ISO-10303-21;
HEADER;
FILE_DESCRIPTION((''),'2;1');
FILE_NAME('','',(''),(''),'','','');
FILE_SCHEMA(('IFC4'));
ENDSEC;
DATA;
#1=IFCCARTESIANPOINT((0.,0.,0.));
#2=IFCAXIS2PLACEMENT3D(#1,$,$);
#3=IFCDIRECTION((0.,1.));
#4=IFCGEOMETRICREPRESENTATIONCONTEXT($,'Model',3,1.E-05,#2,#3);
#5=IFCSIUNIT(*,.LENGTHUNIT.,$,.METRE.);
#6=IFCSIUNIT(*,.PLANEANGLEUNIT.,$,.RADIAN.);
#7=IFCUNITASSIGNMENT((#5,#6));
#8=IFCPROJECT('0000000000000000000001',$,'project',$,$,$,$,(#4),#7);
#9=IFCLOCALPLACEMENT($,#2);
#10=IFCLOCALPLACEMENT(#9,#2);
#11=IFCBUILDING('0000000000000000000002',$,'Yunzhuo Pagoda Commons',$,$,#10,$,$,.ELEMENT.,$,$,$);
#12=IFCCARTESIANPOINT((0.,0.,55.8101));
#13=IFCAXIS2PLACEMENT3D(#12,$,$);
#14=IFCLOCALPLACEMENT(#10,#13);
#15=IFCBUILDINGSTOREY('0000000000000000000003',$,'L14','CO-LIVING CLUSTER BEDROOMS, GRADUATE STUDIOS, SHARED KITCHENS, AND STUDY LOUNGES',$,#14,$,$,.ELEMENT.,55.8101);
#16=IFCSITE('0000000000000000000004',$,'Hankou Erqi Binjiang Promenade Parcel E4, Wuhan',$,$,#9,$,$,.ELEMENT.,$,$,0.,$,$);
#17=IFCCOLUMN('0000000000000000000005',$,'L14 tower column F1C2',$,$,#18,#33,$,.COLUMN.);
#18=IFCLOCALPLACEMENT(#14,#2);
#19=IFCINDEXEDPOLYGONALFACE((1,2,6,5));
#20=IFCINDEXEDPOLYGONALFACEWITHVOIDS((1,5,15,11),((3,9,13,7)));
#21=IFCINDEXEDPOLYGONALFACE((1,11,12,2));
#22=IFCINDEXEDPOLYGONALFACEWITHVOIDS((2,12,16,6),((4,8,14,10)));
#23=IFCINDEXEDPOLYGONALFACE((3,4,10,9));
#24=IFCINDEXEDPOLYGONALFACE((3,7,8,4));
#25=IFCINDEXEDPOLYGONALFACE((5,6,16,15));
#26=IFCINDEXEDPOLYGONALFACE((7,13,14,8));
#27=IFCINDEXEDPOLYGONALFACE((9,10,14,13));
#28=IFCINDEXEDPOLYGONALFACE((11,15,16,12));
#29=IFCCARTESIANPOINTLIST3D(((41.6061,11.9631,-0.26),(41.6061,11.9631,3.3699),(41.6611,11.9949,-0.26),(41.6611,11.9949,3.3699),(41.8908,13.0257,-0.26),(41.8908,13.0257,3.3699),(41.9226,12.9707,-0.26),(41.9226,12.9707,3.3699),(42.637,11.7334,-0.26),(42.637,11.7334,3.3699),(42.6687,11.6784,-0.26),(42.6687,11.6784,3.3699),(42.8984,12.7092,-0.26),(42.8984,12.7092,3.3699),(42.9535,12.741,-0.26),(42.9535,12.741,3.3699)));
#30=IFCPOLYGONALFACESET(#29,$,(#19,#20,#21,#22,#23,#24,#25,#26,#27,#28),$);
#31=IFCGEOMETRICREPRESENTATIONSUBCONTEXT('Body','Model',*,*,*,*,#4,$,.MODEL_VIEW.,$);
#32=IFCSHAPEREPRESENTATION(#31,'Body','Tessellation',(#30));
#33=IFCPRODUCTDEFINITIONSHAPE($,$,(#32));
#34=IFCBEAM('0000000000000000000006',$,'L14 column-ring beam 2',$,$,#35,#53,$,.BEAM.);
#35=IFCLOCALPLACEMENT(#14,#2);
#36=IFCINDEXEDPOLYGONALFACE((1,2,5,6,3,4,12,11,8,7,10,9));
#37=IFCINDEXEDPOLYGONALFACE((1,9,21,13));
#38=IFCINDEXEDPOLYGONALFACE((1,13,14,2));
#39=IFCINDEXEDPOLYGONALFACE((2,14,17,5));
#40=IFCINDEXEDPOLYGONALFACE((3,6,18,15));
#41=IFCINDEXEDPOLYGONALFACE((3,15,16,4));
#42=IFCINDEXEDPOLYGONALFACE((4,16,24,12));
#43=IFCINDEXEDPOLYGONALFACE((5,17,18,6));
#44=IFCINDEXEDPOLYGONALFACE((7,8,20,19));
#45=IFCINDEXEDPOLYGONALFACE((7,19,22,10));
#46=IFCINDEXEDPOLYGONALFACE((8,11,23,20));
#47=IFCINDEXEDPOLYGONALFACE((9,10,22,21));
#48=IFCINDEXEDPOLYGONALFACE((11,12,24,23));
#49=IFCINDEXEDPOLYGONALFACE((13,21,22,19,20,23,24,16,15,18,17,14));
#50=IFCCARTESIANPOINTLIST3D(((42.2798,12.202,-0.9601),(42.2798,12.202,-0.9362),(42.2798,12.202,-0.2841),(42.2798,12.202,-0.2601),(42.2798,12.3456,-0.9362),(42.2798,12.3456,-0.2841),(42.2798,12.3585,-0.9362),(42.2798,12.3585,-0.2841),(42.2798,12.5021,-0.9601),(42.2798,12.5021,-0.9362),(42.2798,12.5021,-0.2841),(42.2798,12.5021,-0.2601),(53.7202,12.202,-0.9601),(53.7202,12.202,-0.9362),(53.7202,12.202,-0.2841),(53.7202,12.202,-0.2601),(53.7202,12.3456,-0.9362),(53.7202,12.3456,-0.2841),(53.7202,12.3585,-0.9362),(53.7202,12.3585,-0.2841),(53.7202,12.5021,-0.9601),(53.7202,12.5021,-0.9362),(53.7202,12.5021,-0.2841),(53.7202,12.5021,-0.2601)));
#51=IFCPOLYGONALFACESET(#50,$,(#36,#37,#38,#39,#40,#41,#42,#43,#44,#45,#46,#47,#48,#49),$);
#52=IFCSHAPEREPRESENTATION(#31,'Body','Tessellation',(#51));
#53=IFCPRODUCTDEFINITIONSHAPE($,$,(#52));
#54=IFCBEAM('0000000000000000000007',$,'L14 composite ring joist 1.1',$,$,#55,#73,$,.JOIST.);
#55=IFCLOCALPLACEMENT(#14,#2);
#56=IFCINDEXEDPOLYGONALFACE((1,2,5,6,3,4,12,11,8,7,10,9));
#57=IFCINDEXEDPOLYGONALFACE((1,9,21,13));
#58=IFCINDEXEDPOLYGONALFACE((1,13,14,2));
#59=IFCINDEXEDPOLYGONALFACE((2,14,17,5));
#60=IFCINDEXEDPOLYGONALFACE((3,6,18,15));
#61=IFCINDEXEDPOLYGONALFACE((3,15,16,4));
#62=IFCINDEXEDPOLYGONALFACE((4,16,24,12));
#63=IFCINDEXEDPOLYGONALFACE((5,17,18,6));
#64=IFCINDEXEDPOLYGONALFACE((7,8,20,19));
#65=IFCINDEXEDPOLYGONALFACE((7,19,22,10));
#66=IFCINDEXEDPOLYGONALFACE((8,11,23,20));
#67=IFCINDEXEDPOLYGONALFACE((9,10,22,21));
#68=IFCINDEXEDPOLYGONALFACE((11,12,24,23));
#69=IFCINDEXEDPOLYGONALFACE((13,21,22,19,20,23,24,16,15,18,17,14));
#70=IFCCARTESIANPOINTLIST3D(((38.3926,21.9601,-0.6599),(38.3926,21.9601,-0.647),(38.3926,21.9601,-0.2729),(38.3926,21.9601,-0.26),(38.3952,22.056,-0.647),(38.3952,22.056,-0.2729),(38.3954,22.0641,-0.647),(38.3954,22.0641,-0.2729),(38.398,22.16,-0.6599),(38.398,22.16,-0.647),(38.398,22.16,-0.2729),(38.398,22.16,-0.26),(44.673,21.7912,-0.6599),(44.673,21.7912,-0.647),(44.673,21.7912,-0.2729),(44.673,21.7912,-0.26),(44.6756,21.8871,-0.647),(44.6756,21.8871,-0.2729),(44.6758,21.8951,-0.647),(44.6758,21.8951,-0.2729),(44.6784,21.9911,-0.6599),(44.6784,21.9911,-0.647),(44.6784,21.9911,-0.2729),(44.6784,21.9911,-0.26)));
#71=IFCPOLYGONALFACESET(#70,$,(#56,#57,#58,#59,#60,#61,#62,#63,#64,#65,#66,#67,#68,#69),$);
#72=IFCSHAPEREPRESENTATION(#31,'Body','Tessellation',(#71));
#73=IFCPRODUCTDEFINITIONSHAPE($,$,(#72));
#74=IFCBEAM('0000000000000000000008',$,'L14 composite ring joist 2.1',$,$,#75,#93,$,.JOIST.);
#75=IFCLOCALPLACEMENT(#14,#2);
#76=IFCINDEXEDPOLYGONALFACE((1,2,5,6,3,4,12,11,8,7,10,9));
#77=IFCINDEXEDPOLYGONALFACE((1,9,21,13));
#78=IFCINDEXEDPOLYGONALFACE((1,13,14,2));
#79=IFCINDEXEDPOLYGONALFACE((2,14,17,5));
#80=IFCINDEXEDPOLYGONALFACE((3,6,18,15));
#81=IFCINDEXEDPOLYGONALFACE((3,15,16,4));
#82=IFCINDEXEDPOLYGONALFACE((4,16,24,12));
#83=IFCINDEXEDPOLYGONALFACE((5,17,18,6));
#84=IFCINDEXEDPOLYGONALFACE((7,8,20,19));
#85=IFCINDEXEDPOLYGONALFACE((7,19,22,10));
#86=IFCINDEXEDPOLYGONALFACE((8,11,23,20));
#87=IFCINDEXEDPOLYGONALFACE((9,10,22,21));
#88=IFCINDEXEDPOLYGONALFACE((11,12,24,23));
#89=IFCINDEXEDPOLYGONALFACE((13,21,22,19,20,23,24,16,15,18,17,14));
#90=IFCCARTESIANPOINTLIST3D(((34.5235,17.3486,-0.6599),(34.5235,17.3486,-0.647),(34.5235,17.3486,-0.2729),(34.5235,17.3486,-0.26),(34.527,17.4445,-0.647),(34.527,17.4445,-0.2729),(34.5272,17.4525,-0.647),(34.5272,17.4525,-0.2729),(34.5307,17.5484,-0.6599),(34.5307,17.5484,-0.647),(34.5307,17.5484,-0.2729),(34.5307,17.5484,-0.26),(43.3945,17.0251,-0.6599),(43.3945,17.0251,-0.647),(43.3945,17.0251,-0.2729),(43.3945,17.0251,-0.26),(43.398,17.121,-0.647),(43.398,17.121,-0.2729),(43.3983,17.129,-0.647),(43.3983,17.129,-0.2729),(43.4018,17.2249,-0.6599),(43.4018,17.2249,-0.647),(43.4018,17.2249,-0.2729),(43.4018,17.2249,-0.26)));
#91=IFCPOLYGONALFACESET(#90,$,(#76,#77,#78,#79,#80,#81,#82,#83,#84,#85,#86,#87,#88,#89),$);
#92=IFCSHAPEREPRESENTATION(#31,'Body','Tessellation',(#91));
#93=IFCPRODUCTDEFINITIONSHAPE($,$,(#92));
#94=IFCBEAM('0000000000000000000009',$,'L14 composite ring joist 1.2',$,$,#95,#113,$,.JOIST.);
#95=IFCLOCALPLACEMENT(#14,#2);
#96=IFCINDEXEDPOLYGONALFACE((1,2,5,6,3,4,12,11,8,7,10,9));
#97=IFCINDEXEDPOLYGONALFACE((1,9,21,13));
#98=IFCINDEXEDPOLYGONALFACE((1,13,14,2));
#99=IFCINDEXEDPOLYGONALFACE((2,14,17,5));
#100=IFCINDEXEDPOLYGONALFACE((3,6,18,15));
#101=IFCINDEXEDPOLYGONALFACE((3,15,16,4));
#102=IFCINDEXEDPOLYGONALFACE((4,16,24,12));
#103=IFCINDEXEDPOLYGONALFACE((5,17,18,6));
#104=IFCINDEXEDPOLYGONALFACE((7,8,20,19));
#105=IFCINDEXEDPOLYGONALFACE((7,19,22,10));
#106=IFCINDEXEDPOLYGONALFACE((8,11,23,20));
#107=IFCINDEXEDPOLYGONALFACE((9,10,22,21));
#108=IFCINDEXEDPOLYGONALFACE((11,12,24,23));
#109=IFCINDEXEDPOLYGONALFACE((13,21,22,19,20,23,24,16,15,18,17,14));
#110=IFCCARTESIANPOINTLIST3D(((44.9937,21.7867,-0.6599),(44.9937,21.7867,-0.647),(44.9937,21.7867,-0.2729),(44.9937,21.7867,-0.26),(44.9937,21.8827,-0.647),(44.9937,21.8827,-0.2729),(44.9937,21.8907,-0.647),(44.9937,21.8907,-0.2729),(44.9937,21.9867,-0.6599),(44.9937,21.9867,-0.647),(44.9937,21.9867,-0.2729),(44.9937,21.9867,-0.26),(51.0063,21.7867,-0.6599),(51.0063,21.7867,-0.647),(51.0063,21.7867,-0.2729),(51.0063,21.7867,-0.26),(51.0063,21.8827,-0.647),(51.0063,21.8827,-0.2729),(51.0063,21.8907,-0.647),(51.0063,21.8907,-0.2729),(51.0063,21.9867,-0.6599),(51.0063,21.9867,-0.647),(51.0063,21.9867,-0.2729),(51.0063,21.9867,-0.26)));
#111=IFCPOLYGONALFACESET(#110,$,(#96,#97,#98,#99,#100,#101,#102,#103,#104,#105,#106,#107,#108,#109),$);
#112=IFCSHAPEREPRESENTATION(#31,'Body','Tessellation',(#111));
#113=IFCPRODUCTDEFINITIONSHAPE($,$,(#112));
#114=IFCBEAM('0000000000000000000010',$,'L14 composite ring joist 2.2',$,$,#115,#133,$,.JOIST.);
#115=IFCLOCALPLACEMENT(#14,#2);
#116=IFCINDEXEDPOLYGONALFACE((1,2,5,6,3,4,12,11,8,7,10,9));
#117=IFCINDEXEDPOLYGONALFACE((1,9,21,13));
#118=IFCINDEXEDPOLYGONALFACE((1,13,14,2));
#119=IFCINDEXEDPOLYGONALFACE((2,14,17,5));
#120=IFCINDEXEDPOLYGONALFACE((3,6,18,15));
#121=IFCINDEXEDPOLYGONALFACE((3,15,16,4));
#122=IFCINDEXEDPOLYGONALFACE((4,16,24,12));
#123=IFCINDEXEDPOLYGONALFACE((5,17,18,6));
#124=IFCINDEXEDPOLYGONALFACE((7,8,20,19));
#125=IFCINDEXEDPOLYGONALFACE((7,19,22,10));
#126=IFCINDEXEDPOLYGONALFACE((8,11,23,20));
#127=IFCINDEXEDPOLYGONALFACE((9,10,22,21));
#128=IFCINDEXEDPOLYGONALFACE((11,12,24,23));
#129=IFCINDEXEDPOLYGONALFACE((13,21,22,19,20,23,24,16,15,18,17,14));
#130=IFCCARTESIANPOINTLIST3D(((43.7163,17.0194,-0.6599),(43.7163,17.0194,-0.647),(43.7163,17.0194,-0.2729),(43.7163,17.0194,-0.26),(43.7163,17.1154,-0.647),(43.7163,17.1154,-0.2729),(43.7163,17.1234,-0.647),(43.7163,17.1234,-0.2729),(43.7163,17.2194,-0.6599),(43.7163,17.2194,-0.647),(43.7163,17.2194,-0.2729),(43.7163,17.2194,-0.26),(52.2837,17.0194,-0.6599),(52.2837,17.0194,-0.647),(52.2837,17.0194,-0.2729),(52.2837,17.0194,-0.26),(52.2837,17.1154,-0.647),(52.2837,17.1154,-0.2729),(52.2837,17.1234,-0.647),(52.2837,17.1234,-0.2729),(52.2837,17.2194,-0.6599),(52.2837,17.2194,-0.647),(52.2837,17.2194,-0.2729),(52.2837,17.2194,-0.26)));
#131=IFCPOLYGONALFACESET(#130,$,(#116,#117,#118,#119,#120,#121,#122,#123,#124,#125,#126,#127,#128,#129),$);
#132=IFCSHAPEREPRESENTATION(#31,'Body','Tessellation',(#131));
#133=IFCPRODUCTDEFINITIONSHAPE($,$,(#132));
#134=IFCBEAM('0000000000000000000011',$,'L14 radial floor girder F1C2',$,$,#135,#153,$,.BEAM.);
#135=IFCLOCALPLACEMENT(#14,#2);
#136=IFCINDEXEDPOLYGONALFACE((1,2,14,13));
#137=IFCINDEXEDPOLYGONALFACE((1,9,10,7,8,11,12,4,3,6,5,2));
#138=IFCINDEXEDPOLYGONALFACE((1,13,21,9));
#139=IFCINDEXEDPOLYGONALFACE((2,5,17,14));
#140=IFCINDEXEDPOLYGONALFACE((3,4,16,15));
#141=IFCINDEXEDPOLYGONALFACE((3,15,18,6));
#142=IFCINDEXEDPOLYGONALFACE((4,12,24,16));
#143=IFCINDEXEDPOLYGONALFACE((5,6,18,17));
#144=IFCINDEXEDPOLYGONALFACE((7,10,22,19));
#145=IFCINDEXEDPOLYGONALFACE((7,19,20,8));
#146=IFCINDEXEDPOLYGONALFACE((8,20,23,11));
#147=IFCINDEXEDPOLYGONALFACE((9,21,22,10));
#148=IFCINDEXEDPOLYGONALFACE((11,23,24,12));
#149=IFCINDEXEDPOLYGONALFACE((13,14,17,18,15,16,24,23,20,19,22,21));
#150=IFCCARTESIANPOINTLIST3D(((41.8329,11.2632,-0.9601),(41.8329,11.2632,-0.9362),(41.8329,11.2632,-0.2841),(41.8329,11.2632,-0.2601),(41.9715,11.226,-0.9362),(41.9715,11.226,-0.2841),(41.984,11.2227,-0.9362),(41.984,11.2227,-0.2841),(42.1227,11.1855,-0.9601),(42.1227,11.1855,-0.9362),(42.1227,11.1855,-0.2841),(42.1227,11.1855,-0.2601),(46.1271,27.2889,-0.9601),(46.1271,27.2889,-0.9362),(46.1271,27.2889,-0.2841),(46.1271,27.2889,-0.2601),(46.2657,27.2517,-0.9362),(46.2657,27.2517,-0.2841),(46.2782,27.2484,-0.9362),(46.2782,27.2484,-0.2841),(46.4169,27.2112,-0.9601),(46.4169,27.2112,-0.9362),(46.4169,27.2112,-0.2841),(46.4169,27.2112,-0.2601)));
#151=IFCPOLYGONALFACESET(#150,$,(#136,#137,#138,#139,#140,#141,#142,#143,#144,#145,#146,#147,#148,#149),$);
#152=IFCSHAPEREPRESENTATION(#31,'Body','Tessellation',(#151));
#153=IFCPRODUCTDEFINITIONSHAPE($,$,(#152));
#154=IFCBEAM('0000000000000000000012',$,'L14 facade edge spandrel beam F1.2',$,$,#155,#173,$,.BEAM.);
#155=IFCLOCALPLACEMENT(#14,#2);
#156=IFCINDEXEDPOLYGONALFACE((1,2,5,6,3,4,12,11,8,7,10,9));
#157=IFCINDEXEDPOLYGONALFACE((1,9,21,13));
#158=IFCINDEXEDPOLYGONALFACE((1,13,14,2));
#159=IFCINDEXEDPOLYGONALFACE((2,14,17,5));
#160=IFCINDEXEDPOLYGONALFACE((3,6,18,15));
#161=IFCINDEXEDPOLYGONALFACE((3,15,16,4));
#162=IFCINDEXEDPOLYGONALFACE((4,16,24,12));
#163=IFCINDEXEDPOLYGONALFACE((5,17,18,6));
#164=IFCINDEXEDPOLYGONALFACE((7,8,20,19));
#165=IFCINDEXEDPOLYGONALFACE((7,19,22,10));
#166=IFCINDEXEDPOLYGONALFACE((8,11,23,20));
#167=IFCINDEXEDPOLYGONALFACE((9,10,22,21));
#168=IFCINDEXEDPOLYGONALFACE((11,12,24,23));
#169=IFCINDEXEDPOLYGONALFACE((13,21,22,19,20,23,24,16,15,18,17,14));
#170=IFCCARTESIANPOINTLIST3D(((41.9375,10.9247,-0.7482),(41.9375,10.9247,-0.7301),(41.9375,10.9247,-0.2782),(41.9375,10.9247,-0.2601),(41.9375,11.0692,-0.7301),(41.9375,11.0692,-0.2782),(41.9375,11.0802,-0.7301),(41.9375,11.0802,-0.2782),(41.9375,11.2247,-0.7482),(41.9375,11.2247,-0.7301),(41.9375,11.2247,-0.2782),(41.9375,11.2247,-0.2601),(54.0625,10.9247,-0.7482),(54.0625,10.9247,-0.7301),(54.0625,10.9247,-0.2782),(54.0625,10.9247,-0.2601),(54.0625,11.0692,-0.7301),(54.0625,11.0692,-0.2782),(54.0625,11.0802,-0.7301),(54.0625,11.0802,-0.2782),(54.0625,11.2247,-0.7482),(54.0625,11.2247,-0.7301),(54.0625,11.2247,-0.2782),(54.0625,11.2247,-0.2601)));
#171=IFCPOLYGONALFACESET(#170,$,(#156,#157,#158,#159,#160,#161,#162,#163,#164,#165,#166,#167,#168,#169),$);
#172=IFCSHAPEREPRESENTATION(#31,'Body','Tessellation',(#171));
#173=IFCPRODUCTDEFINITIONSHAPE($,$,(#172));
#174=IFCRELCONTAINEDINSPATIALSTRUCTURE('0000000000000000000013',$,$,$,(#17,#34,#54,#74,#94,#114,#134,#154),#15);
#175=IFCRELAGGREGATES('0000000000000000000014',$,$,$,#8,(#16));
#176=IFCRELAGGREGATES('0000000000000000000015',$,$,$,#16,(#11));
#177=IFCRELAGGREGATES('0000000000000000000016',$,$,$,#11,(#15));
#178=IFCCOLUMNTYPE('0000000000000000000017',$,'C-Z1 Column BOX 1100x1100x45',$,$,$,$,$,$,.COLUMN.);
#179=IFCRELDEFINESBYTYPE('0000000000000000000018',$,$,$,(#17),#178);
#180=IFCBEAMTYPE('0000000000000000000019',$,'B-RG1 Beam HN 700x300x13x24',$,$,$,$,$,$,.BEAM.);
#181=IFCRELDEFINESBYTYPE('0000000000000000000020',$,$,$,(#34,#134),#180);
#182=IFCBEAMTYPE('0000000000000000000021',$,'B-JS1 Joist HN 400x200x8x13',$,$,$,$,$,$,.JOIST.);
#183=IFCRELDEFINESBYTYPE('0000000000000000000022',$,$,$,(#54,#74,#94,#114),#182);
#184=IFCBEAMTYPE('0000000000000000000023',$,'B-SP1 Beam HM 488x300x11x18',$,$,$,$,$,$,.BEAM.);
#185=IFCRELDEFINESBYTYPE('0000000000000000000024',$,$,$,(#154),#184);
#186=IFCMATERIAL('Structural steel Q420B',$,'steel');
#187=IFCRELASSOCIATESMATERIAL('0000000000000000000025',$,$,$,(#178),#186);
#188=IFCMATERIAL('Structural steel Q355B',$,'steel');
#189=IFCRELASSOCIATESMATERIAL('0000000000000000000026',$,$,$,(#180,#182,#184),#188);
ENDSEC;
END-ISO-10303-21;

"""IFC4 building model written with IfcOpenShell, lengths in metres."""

from ifc_helpers import new_model, si_unit, direction, frame, origin, origin_2d, place, context, subcontext, project, spatial, hollow_rectangle, i_section, extrude, source, transform, mapped, material, material_profile, profile_set, type_object, element, save


model = new_model("IFC4")

# Units and contexts
model_context = context("Model", 3, precision=1e-05, world=origin(), true_north=direction((0.0, 1.0)))
body_context = subcontext(model_context, "Body", "Model", "MODEL_VIEW")
ifc_project = project(units=[si_unit("LENGTHUNIT", "METRE"), si_unit("PLANEANGLEUNIT", "RADIAN")], contexts=[model_context])

# Site, building, storey
site_placement = place(None, origin())
site = spatial("IfcSite", under=ifc_project, at=site_placement, Name="Hankou Erqi Binjiang Promenade Parcel E4, Wuhan", CompositionType="ELEMENT", RefElevation=0.0)
building_placement = place(site_placement, origin())
building = spatial("IfcBuilding", under=site, at=building_placement, Name="Yunzhuo Pagoda Commons", CompositionType="ELEMENT")
storey_placement = place(building_placement, frame((0.0, 0.0, 55.8101)))
storey = spatial("IfcBuildingStorey", under=building, at=storey_placement, Name="L14", Description="CO-LIVING CLUSTER BEDROOMS, GRADUATE STUDIOS, SHARED KITCHENS, AND STUDY LOUNGES", CompositionType="ELEMENT", Elevation=55.8101)

# Column
ifc_material_1 = material(Name="Structural steel Q420B", Category="steel")
ifc_material_profile_1 = material_profile(ifc_material_1, hollow_rectangle(XDim=1.1001, YDim=1.1001, WallThickness=0.0449, at=origin_2d()), Name="Structural steel Q420B")
ifc_profile_set_1 = profile_set([ifc_material_profile_1], Name="Structural steel Q420B")
column_type = type_object("IfcColumnType", Name="C-Z1 Column BOX 1100x1100x45", PredefinedType="COLUMN", material=ifc_profile_set_1)
shared_shape_1 = source(origin(), body_context, "Body", "SweptSolid", [
    extrude(hollow_rectangle(XDim=1.1001, YDim=1.1001, WallThickness=0.0449, at=origin_2d()), origin(), (0.0, 0.0, 1.0), 3.6299),
])
column_placement = place(storey_placement, frame((42.2798, 12.3521, -0.26), z_axis=(0.0, 0.0, 1.0), x_axis=(0.965926, -0.258819, 0.0)))
element("IfcColumn", 1, at=column_placement, inside=storey, type_object=column_type, Name="L14 tower column F1C2", PredefinedType="COLUMN", context=body_context, shape_type="MappedRepresentation", body=[
    mapped(shared_shape_1, transform((0.0, 0.0, 0.0), scale=1.0)),
])

# Beams
ifc_material_2 = material(Name="Structural steel Q355B", Category="steel")
ifc_material_profile_2 = material_profile(ifc_material_2, i_section(OverallWidth=0.3, OverallDepth=0.7, WebThickness=0.0129, FlangeThickness=0.0239, at=origin_2d()), Name="Structural steel Q355B")
ifc_profile_set_2 = profile_set([ifc_material_profile_2], Name="Structural steel Q355B")
beam_type_1 = type_object("IfcBeamType", Name="B-RG1 Beam HN 700x300x13x24", PredefinedType="BEAM", material=ifc_profile_set_2)
shared_shape_2 = source(origin(), body_context, "Body", "SweptSolid", [
    extrude(i_section(OverallWidth=0.3, OverallDepth=0.7, WebThickness=0.0129, FlangeThickness=0.0239, at=origin_2d()), origin(), (0.0, 0.0, 1.0), 11.4404),
])
beam_1_placement = place(storey_placement, frame((42.2798, 12.3521, -0.6101), z_axis=(1.0, 0.0, 0.0), x_axis=(0.0, 1.0, 0.0)))
element("IfcBeam", 2, at=beam_1_placement, inside=storey, type_object=beam_type_1, Name="L14 column-ring beam 2", PredefinedType="BEAM", context=body_context, shape_type="MappedRepresentation", body=[
    mapped(shared_shape_2, transform((0.0, 0.0, 0.0), scale=1.0)),
])
ifc_material_profile_3 = material_profile(ifc_material_2, i_section(OverallWidth=0.2, OverallDepth=0.3999, WebThickness=0.0081, FlangeThickness=0.0129, at=origin_2d()), Name="Structural steel Q355B")
ifc_profile_set_3 = profile_set([ifc_material_profile_3], Name="Structural steel Q355B")
beam_type_2 = type_object("IfcBeamType", Name="B-JS1 Joist HN 400x200x8x13", PredefinedType="JOIST", material=ifc_profile_set_3)
shared_shape_3 = source(origin(), body_context, "Body", "SweptSolid", [
    extrude(i_section(OverallWidth=0.2, OverallDepth=0.3999, WebThickness=0.0081, FlangeThickness=0.0129, at=origin_2d()), origin(), (0.0, 0.0, 1.0), 6.2827),
])
beam_2_placement = place(storey_placement, frame((38.3953, 22.0601, -0.46), z_axis=(0.999638, -0.02689, 0.0), x_axis=(0.02689, 0.999638, 0.0)))
element("IfcBeam", 3, at=beam_2_placement, inside=storey, type_object=beam_type_2, Name="L14 composite ring joist 1.1", PredefinedType="JOIST", context=body_context, shape_type="MappedRepresentation", body=[
    mapped(shared_shape_3, transform((0.0, 0.0, 0.0), scale=1.0)),
])
shared_shape_4 = source(origin(), body_context, "Body", "SweptSolid", [
    extrude(i_section(OverallWidth=0.2, OverallDepth=0.3999, WebThickness=0.0081, FlangeThickness=0.0129, at=origin_2d()), origin(), (0.0, 0.0, 1.0), 8.877),
])
beam_3_placement = place(storey_placement, frame((34.5271, 17.4485, -0.46), z_axis=(0.999336, -0.036441, 0.0), x_axis=(0.036441, 0.999336, 0.0)))
element("IfcBeam", 4, at=beam_3_placement, inside=storey, type_object=beam_type_2, Name="L14 composite ring joist 2.1", PredefinedType="JOIST", context=body_context, shape_type="MappedRepresentation", body=[
    mapped(shared_shape_4, transform((0.0, 0.0, 0.0), scale=1.0)),
])
shared_shape_5 = source(origin(), body_context, "Body", "SweptSolid", [
    extrude(i_section(OverallWidth=0.2, OverallDepth=0.3999, WebThickness=0.0081, FlangeThickness=0.0129, at=origin_2d()), origin(), (0.0, 0.0, 1.0), 6.0127),
])
beam_4_placement = place(storey_placement, frame((44.9937, 21.8867, -0.46), z_axis=(1.0, 0.0, 0.0), x_axis=(0.0, 1.0, 0.0)))
element("IfcBeam", 5, at=beam_4_placement, inside=storey, type_object=beam_type_2, Name="L14 composite ring joist 1.2", PredefinedType="JOIST", context=body_context, shape_type="MappedRepresentation", body=[
    mapped(shared_shape_5, transform((0.0, 0.0, 0.0), scale=1.0)),
])
shared_shape_6 = source(origin(), body_context, "Body", "SweptSolid", [
    extrude(i_section(OverallWidth=0.2, OverallDepth=0.3999, WebThickness=0.0081, FlangeThickness=0.0129, at=origin_2d()), origin(), (0.0, 0.0, 1.0), 8.5674),
])
beam_5_placement = place(storey_placement, frame((43.7163, 17.1194, -0.46), z_axis=(1.0, 0.0, 0.0), x_axis=(0.0, 1.0, 0.0)))
element("IfcBeam", 6, at=beam_5_placement, inside=storey, type_object=beam_type_2, Name="L14 composite ring joist 2.2", PredefinedType="JOIST", context=body_context, shape_type="MappedRepresentation", body=[
    mapped(shared_shape_6, transform((0.0, 0.0, 0.0), scale=1.0)),
])
shared_shape_7 = source(origin(), body_context, "Body", "SweptSolid", [
    extrude(i_section(OverallWidth=0.3, OverallDepth=0.7, WebThickness=0.0129, FlangeThickness=0.0239, at=origin_2d()), origin(), (0.0, 0.0, 1.0), 16.5911),
])
beam_6_placement = place(storey_placement, frame((41.9778, 11.2244, -0.6101), z_axis=(0.258827, 0.965924, 0.0), x_axis=(-0.965924, 0.258827, 0.0)))
element("IfcBeam", 7, at=beam_6_placement, inside=storey, type_object=beam_type_1, Name="L14 radial floor girder F1C2", PredefinedType="BEAM", context=body_context, shape_type="MappedRepresentation", body=[
    mapped(shared_shape_7, transform((0.0, 0.0, 0.0), scale=1.0)),
])
ifc_material_profile_4 = material_profile(ifc_material_2, i_section(OverallWidth=0.3, OverallDepth=0.488, WebThickness=0.011, FlangeThickness=0.0181, at=origin_2d()), Name="Structural steel Q355B")
ifc_profile_set_4 = profile_set([ifc_material_profile_4], Name="Structural steel Q355B")
beam_type_3 = type_object("IfcBeamType", Name="B-SP1 Beam HM 488x300x11x18", PredefinedType="BEAM", material=ifc_profile_set_4)
shared_shape_8 = source(origin(), body_context, "Body", "SweptSolid", [
    extrude(i_section(OverallWidth=0.3, OverallDepth=0.488, WebThickness=0.011, FlangeThickness=0.0181, at=origin_2d()), origin(), (0.0, 0.0, 1.0), 12.125),
])
beam_7_placement = place(storey_placement, frame((41.9375, 11.0747, -0.5042), z_axis=(1.0, 0.0, 0.0), x_axis=(0.0, 1.0, 0.0)))
element("IfcBeam", 8, at=beam_7_placement, inside=storey, type_object=beam_type_3, Name="L14 facade edge spandrel beam F1.2", PredefinedType="BEAM", context=body_context, shape_type="MappedRepresentation", body=[
    mapped(shared_shape_8, transform((0.0, 0.0, 0.0), scale=1.0)),
])

save(model, "model.ifc")
